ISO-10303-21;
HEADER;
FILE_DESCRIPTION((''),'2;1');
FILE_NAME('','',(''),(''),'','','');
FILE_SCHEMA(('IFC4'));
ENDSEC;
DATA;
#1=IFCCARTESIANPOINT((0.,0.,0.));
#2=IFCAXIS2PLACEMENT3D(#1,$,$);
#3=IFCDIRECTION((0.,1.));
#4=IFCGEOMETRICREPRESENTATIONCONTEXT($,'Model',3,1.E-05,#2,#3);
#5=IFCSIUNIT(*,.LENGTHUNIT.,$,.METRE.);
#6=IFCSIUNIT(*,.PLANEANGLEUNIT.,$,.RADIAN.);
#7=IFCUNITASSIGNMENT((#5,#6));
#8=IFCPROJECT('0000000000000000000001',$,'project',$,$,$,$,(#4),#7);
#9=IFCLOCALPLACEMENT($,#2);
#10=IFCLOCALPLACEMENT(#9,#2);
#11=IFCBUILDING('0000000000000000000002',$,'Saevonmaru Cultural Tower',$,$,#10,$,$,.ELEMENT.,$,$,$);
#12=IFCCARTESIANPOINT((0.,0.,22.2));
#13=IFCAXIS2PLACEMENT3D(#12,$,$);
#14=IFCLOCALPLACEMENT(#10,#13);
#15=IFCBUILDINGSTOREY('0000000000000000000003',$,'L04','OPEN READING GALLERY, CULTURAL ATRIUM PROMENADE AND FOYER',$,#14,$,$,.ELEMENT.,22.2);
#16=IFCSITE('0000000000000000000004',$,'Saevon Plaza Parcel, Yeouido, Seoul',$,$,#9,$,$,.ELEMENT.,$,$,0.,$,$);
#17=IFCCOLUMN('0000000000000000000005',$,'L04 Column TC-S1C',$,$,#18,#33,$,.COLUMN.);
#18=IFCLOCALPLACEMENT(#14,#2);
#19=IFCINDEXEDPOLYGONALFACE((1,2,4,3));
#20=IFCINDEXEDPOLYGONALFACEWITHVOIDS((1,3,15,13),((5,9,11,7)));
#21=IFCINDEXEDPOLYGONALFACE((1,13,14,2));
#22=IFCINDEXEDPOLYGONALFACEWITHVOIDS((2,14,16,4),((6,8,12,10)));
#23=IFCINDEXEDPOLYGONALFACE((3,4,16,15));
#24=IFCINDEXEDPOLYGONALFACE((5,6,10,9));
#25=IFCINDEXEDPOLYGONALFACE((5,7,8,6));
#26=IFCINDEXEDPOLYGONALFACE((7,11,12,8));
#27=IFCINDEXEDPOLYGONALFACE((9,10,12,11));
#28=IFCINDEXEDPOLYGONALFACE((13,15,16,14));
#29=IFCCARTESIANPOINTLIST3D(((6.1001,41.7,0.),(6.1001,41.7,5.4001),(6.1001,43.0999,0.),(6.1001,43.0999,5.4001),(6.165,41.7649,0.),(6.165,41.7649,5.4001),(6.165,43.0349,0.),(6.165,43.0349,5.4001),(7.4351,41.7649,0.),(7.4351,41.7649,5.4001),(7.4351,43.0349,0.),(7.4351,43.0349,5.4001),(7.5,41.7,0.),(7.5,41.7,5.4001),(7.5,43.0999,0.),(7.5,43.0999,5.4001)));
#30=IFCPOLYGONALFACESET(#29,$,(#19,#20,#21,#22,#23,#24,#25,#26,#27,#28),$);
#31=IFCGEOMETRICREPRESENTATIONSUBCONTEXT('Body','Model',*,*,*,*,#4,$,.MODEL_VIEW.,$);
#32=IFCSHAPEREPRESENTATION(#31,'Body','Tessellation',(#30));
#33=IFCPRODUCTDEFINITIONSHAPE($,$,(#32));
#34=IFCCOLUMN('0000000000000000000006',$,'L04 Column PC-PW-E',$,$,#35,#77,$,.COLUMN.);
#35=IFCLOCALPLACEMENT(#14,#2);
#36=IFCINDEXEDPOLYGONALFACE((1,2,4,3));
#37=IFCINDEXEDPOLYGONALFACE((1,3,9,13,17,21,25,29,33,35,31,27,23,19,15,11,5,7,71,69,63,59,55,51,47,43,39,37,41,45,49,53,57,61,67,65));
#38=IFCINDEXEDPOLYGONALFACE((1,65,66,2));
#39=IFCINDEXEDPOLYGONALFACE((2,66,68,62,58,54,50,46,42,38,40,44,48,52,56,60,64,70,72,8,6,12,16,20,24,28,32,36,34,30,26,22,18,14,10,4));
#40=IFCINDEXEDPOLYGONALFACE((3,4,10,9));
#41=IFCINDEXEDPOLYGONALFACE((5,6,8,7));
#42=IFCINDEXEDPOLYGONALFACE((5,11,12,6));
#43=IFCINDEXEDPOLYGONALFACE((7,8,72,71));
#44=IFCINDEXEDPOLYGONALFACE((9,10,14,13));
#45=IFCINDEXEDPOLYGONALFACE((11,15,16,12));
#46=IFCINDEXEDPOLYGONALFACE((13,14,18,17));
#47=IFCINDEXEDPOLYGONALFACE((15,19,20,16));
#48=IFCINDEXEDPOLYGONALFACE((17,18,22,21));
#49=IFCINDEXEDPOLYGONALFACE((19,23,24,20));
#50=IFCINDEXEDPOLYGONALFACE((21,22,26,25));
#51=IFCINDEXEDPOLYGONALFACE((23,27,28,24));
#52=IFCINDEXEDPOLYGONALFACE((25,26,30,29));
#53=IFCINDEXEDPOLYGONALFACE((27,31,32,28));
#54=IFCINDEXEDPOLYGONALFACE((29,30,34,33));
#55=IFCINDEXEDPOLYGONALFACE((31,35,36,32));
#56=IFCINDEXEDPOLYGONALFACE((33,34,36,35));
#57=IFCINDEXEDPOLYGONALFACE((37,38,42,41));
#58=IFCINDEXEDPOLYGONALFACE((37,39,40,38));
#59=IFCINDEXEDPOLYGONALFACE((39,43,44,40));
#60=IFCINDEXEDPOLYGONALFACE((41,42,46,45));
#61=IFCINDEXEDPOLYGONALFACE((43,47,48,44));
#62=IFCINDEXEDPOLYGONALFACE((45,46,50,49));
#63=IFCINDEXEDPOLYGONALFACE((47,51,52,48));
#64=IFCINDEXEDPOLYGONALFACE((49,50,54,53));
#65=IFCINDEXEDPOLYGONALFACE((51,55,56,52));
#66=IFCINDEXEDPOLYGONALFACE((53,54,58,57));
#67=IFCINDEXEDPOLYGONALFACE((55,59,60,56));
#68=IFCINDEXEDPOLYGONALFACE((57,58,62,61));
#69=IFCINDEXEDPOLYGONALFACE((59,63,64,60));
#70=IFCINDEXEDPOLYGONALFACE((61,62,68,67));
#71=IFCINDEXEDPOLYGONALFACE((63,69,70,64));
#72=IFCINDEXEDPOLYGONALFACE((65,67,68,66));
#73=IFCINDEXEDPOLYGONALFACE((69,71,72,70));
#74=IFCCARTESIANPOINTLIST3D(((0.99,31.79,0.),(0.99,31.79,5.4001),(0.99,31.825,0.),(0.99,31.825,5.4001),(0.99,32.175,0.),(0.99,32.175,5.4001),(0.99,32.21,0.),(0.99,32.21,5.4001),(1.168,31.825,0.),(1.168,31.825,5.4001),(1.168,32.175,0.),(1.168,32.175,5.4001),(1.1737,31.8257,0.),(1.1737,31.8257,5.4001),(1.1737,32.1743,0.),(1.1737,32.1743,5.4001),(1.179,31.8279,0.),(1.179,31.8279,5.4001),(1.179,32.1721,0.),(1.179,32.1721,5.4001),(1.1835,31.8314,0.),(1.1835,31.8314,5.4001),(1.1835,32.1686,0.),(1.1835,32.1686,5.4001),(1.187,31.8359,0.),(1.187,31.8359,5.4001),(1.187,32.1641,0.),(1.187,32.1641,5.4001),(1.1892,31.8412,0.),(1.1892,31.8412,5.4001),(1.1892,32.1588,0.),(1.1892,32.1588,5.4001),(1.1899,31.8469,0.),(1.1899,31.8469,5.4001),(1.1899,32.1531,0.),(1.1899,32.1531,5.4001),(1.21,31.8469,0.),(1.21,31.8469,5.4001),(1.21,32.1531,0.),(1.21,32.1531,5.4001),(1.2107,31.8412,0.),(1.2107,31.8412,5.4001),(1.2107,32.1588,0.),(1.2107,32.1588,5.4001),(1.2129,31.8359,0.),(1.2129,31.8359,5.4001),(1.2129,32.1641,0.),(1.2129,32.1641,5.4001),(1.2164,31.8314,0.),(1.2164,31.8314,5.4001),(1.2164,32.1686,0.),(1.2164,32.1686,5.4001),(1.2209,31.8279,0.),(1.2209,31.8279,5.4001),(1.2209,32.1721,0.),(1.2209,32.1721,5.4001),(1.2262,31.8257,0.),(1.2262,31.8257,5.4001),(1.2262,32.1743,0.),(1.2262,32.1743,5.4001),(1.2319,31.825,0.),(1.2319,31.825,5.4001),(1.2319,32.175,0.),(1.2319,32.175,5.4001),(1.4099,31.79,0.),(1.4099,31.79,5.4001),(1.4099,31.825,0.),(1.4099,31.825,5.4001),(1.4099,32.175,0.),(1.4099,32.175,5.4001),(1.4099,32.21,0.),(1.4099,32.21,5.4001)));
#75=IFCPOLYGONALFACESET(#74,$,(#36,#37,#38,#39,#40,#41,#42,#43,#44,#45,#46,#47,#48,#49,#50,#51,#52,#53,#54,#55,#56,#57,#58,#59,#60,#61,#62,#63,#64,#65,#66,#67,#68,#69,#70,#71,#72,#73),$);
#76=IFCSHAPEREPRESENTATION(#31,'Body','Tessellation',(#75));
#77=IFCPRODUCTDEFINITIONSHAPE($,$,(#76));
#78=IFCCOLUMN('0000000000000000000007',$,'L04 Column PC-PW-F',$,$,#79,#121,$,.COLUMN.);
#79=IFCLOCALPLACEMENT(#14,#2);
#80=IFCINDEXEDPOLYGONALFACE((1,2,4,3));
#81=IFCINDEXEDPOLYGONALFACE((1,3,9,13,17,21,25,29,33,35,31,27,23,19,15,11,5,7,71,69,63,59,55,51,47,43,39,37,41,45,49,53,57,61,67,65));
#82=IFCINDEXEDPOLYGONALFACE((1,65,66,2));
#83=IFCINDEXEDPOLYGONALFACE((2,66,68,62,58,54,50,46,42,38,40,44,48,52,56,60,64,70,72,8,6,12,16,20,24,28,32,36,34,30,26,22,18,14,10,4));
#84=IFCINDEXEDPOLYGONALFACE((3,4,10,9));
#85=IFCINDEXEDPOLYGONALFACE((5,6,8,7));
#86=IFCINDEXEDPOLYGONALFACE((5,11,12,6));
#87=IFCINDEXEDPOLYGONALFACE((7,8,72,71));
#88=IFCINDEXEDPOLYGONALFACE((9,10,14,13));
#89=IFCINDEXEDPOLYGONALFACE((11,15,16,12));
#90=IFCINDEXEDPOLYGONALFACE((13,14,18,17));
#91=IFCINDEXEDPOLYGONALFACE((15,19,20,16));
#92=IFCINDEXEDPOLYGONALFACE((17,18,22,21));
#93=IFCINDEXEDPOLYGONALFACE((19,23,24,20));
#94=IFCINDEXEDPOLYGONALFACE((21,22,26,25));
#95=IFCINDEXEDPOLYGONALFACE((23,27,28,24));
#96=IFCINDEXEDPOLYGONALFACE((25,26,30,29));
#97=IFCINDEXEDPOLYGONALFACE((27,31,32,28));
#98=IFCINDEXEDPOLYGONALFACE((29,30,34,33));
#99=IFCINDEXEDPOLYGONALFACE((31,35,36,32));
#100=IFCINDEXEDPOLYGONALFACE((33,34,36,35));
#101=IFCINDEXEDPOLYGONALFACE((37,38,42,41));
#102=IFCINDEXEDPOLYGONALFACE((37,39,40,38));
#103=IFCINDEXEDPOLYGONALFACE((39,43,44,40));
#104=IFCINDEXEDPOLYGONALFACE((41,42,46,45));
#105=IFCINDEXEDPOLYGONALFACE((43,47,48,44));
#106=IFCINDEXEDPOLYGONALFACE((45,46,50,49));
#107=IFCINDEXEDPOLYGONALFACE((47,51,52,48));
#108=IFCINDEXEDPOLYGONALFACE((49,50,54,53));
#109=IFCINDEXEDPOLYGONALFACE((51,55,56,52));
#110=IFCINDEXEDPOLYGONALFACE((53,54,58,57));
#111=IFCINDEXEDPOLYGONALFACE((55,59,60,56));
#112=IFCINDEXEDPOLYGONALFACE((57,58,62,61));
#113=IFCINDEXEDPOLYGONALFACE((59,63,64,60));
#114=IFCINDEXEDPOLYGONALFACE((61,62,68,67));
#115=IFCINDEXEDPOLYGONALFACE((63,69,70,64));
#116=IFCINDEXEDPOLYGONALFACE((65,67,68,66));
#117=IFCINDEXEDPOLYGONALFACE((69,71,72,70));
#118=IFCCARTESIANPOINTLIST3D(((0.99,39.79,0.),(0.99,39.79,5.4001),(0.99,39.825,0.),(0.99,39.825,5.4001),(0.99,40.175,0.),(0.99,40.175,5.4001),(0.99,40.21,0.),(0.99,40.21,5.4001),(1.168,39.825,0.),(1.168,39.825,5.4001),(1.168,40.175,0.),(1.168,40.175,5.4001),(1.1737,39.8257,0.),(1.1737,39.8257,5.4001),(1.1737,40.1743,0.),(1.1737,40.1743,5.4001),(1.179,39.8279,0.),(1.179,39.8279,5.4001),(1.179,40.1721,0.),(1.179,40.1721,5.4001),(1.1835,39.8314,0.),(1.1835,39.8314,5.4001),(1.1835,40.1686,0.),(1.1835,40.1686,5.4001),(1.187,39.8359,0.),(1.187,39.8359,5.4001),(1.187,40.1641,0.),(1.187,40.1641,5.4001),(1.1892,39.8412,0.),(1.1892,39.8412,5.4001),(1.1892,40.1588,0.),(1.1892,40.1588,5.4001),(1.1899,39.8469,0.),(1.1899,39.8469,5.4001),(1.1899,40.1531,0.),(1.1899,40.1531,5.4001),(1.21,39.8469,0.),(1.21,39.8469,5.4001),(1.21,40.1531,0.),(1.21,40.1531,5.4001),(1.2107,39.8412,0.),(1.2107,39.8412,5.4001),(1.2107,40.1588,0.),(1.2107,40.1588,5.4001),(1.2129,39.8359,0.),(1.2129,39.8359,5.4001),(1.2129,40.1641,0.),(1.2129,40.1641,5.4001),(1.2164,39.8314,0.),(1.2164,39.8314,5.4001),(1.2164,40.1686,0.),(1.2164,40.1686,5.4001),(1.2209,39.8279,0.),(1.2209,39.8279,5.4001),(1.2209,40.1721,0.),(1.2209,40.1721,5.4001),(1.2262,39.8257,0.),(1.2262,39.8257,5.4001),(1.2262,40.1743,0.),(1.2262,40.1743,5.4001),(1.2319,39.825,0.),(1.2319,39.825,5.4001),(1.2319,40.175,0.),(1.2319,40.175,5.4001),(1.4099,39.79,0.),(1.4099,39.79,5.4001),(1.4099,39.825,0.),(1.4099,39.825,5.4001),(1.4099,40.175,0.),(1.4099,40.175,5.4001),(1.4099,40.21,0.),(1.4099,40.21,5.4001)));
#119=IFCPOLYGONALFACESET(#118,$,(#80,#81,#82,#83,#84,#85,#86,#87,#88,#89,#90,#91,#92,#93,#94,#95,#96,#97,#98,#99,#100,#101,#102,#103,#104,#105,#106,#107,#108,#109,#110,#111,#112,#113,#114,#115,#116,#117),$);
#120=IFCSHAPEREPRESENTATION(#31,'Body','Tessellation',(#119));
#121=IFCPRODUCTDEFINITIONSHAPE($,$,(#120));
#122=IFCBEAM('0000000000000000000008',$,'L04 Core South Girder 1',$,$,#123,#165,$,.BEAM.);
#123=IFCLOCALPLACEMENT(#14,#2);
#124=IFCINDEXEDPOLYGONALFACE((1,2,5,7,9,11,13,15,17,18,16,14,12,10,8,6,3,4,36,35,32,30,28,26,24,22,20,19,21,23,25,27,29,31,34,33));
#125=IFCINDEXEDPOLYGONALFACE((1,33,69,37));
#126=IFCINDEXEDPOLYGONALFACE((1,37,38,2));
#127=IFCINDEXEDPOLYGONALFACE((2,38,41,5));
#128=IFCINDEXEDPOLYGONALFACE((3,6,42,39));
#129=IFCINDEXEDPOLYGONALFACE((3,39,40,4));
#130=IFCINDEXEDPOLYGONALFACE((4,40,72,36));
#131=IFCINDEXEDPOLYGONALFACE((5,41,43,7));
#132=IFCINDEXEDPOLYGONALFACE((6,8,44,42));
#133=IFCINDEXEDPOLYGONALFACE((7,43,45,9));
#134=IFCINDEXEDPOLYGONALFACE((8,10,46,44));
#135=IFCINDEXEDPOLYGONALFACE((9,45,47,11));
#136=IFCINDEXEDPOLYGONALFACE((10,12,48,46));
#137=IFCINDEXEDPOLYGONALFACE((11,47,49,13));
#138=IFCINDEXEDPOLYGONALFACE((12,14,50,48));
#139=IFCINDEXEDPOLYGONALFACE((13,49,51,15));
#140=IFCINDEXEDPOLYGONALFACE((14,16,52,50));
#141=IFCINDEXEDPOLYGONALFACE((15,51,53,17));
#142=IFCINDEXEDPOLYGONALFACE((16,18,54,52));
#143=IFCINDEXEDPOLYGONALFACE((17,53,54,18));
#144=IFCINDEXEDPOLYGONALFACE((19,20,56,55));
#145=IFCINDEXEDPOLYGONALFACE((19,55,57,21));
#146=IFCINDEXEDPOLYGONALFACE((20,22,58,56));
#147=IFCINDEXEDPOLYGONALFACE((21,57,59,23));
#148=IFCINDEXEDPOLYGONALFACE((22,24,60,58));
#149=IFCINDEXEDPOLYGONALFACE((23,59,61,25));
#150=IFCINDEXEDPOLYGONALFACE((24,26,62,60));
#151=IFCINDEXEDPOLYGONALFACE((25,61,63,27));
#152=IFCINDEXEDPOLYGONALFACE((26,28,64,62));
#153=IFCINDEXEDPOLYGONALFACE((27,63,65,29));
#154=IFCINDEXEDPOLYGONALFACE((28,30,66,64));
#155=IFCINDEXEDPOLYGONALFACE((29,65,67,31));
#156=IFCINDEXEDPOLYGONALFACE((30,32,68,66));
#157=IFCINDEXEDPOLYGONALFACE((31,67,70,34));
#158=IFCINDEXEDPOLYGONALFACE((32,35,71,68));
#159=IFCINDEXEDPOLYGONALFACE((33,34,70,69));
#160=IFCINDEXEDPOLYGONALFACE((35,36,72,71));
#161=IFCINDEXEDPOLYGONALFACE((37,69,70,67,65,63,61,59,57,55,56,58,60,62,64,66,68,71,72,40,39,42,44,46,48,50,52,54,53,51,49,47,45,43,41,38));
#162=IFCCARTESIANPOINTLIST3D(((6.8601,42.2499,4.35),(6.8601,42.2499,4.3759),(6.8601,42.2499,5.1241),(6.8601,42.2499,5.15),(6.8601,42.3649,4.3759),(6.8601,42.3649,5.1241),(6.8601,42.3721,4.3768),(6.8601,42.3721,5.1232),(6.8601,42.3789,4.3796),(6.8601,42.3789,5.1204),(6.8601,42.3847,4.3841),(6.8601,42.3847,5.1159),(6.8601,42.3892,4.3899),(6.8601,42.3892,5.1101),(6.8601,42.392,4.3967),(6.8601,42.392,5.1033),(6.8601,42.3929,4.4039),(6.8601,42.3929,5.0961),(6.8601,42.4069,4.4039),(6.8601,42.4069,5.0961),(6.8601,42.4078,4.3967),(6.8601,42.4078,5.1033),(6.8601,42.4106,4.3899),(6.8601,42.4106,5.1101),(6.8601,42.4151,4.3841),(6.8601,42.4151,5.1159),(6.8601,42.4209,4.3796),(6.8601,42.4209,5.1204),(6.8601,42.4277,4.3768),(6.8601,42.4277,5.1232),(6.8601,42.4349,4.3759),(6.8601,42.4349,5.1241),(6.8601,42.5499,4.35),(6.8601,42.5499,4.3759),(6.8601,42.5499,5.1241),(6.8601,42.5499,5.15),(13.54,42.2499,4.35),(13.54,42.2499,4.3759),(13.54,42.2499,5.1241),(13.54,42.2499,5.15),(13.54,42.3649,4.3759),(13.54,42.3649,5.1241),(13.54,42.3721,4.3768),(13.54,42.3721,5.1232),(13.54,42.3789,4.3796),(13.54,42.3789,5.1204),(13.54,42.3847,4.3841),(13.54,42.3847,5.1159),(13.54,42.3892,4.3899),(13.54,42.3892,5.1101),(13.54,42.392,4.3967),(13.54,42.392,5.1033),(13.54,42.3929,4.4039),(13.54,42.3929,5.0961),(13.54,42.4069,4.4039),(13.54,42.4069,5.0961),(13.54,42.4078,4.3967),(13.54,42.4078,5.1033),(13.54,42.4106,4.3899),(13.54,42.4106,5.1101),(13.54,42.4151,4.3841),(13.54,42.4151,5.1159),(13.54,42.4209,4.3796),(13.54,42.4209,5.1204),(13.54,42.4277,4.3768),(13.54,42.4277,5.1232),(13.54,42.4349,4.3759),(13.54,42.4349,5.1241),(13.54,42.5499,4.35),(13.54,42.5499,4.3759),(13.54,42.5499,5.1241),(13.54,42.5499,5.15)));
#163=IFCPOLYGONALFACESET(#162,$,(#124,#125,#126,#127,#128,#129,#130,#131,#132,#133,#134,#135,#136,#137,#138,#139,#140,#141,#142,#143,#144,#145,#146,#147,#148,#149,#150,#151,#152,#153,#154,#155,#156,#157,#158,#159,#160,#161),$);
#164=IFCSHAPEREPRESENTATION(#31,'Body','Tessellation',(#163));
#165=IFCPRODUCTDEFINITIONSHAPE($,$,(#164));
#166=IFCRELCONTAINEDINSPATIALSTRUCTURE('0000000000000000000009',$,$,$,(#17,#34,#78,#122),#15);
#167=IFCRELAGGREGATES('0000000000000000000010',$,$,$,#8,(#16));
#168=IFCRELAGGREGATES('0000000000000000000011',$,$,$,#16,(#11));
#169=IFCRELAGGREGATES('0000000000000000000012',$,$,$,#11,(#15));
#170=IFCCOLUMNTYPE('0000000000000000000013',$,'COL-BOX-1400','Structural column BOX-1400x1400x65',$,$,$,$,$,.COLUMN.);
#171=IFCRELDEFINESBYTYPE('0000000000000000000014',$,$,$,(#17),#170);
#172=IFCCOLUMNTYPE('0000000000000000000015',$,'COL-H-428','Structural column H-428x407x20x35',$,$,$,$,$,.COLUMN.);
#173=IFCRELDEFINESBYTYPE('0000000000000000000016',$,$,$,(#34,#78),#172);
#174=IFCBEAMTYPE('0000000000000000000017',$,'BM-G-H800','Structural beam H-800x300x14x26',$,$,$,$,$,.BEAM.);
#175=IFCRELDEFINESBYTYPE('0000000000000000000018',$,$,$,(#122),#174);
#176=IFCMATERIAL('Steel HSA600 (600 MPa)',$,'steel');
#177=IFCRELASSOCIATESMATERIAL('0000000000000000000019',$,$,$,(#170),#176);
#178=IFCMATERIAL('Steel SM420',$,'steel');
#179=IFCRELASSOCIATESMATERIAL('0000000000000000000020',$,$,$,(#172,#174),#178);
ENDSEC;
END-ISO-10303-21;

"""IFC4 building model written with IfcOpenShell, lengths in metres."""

from ifc_helpers import new_model, si_unit, direction, frame, origin, origin_2d, place, context, subcontext, project, spatial, hollow_rectangle, i_section, extrude, material, material_profile, profile_set, type_object, element, save


model = new_model("IFC4")

# Units and contexts
model_context = context("Model", 3, precision=1e-05, world=origin(), true_north=direction((0.0, 1.0)))
body_context = subcontext(model_context, "Body", "Model", "MODEL_VIEW")
ifc_project = project(units=[si_unit("LENGTHUNIT", "METRE"), si_unit("PLANEANGLEUNIT", "RADIAN")], contexts=[model_context])

# Site, building, storey
site_placement = place(None, origin())
site = spatial("IfcSite", under=ifc_project, at=site_placement, Name="Saevon Plaza Parcel, Yeouido, Seoul", CompositionType="ELEMENT", RefElevation=0.0)
building_placement = place(site_placement, origin())
building = spatial("IfcBuilding", under=site, at=building_placement, Name="Saevonmaru Cultural Tower", CompositionType="ELEMENT")
storey_placement = place(building_placement, frame((0.0, 0.0, 22.2)))
storey = spatial("IfcBuildingStorey", under=building, at=storey_placement, Name="L04", Description="OPEN READING GALLERY, CULTURAL ATRIUM PROMENADE AND FOYER", CompositionType="ELEMENT", Elevation=22.2)

# Columns
ifc_material_1 = material(Name="Steel HSA600 (600 MPa)", Category="steel")
ifc_material_profile_1 = material_profile(ifc_material_1, hollow_rectangle(XDim=1.3999, YDim=1.3999, WallThickness=0.0649, at=origin_2d()), Name="BOX-1400x1400x65")
ifc_profile_set_1 = profile_set([ifc_material_profile_1], Name="Steel HSA600 (600 MPa)")
column_type_1 = type_object("IfcColumnType", Name="COL-BOX-1400", Description="Structural column BOX-1400x1400x65", PredefinedType="COLUMN", material=ifc_profile_set_1)
column_placement = place(storey_placement, frame((6.8, 42.3999, 0.0), z_axis=(0.0, 0.0, 1.0), x_axis=(1.0, 0.0, 0.0)))
element("IfcColumn", 1, at=column_placement, inside=storey, type_object=column_type_1, Name="L04 Column TC-S1C", PredefinedType="COLUMN", context=body_context, shape_type="SweptSolid", body=[
    extrude(hollow_rectangle(XDim=1.3999, YDim=1.3999, WallThickness=0.0649, at=origin_2d()), origin(), (0.0, 0.0, 1.0), 5.4001),
])
ifc_material_2 = material(Name="Steel SM420", Category="steel")
ifc_material_profile_2 = material_profile(ifc_material_2, i_section(OverallWidth=0.4199, OverallDepth=0.4199, WebThickness=0.02, FlangeThickness=0.0349, FilletRadius=0.022, at=origin_2d()), Name="H-428x407x20x35")
ifc_profile_set_2 = profile_set([ifc_material_profile_2], Name="Steel SM420")
column_type_2 = type_object("IfcColumnType", Name="COL-H-428", Description="Structural column H-428x407x20x35", PredefinedType="COLUMN", material=ifc_profile_set_2)
for number, where, z_axis, x_axis, name in (
    (2, (1.2, 32.0, 0.0), (0.0, 0.0, 1.0), (1.0, 0.0, 0.0), "L04 Column PC-PW-E"),
    (3, (1.2, 40.0, 0.0), (0.0, 0.0, 1.0), (1.0, 0.0, 0.0), "L04 Column PC-PW-F"),
):
    element("IfcColumn", number, at=place(storey_placement, frame(where, z_axis=z_axis, x_axis=x_axis)), inside=storey, type_object=column_type_2, Name=name, PredefinedType="COLUMN", context=body_context, shape_type="SweptSolid", body=[
        extrude(i_section(OverallWidth=0.4199, OverallDepth=0.4199, WebThickness=0.02, FlangeThickness=0.0349, FilletRadius=0.022, at=origin_2d()), origin(), (0.0, 0.0, 1.0), 5.4001),
    ])

# Beam
ifc_material_profile_3 = material_profile(ifc_material_2, i_section(OverallWidth=0.3, OverallDepth=0.8, WebThickness=0.0139, FlangeThickness=0.0259, FilletRadius=0.0281, at=origin_2d()), Name="H-800x300x14x26")
ifc_profile_set_3 = profile_set([ifc_material_profile_3], Name="Steel SM420")
beam_type_1 = type_object("IfcBeamType", Name="BM-G-H800", Description="Structural beam H-800x300x14x26", PredefinedType="BEAM", material=ifc_profile_set_3)
beam_1_placement = place(storey_placement, frame((6.8601, 42.3999, 4.75), z_axis=(1.0, 0.0, 0.0), x_axis=(0.0, 1.0, 0.0)))
element("IfcBeam", 4, at=beam_1_placement, inside=storey, type_object=beam_type_1, Name="L04 Core South Girder 1", PredefinedType="BEAM", context=body_context, shape_type="SweptSolid", body=[
    extrude(i_section(OverallWidth=0.3, OverallDepth=0.8, WebThickness=0.0139, FlangeThickness=0.0259, FilletRadius=0.0281, at=origin_2d()), origin(), (0.0, 0.0, 1.0), 6.6799),
])

save(model, "model.ifc")
